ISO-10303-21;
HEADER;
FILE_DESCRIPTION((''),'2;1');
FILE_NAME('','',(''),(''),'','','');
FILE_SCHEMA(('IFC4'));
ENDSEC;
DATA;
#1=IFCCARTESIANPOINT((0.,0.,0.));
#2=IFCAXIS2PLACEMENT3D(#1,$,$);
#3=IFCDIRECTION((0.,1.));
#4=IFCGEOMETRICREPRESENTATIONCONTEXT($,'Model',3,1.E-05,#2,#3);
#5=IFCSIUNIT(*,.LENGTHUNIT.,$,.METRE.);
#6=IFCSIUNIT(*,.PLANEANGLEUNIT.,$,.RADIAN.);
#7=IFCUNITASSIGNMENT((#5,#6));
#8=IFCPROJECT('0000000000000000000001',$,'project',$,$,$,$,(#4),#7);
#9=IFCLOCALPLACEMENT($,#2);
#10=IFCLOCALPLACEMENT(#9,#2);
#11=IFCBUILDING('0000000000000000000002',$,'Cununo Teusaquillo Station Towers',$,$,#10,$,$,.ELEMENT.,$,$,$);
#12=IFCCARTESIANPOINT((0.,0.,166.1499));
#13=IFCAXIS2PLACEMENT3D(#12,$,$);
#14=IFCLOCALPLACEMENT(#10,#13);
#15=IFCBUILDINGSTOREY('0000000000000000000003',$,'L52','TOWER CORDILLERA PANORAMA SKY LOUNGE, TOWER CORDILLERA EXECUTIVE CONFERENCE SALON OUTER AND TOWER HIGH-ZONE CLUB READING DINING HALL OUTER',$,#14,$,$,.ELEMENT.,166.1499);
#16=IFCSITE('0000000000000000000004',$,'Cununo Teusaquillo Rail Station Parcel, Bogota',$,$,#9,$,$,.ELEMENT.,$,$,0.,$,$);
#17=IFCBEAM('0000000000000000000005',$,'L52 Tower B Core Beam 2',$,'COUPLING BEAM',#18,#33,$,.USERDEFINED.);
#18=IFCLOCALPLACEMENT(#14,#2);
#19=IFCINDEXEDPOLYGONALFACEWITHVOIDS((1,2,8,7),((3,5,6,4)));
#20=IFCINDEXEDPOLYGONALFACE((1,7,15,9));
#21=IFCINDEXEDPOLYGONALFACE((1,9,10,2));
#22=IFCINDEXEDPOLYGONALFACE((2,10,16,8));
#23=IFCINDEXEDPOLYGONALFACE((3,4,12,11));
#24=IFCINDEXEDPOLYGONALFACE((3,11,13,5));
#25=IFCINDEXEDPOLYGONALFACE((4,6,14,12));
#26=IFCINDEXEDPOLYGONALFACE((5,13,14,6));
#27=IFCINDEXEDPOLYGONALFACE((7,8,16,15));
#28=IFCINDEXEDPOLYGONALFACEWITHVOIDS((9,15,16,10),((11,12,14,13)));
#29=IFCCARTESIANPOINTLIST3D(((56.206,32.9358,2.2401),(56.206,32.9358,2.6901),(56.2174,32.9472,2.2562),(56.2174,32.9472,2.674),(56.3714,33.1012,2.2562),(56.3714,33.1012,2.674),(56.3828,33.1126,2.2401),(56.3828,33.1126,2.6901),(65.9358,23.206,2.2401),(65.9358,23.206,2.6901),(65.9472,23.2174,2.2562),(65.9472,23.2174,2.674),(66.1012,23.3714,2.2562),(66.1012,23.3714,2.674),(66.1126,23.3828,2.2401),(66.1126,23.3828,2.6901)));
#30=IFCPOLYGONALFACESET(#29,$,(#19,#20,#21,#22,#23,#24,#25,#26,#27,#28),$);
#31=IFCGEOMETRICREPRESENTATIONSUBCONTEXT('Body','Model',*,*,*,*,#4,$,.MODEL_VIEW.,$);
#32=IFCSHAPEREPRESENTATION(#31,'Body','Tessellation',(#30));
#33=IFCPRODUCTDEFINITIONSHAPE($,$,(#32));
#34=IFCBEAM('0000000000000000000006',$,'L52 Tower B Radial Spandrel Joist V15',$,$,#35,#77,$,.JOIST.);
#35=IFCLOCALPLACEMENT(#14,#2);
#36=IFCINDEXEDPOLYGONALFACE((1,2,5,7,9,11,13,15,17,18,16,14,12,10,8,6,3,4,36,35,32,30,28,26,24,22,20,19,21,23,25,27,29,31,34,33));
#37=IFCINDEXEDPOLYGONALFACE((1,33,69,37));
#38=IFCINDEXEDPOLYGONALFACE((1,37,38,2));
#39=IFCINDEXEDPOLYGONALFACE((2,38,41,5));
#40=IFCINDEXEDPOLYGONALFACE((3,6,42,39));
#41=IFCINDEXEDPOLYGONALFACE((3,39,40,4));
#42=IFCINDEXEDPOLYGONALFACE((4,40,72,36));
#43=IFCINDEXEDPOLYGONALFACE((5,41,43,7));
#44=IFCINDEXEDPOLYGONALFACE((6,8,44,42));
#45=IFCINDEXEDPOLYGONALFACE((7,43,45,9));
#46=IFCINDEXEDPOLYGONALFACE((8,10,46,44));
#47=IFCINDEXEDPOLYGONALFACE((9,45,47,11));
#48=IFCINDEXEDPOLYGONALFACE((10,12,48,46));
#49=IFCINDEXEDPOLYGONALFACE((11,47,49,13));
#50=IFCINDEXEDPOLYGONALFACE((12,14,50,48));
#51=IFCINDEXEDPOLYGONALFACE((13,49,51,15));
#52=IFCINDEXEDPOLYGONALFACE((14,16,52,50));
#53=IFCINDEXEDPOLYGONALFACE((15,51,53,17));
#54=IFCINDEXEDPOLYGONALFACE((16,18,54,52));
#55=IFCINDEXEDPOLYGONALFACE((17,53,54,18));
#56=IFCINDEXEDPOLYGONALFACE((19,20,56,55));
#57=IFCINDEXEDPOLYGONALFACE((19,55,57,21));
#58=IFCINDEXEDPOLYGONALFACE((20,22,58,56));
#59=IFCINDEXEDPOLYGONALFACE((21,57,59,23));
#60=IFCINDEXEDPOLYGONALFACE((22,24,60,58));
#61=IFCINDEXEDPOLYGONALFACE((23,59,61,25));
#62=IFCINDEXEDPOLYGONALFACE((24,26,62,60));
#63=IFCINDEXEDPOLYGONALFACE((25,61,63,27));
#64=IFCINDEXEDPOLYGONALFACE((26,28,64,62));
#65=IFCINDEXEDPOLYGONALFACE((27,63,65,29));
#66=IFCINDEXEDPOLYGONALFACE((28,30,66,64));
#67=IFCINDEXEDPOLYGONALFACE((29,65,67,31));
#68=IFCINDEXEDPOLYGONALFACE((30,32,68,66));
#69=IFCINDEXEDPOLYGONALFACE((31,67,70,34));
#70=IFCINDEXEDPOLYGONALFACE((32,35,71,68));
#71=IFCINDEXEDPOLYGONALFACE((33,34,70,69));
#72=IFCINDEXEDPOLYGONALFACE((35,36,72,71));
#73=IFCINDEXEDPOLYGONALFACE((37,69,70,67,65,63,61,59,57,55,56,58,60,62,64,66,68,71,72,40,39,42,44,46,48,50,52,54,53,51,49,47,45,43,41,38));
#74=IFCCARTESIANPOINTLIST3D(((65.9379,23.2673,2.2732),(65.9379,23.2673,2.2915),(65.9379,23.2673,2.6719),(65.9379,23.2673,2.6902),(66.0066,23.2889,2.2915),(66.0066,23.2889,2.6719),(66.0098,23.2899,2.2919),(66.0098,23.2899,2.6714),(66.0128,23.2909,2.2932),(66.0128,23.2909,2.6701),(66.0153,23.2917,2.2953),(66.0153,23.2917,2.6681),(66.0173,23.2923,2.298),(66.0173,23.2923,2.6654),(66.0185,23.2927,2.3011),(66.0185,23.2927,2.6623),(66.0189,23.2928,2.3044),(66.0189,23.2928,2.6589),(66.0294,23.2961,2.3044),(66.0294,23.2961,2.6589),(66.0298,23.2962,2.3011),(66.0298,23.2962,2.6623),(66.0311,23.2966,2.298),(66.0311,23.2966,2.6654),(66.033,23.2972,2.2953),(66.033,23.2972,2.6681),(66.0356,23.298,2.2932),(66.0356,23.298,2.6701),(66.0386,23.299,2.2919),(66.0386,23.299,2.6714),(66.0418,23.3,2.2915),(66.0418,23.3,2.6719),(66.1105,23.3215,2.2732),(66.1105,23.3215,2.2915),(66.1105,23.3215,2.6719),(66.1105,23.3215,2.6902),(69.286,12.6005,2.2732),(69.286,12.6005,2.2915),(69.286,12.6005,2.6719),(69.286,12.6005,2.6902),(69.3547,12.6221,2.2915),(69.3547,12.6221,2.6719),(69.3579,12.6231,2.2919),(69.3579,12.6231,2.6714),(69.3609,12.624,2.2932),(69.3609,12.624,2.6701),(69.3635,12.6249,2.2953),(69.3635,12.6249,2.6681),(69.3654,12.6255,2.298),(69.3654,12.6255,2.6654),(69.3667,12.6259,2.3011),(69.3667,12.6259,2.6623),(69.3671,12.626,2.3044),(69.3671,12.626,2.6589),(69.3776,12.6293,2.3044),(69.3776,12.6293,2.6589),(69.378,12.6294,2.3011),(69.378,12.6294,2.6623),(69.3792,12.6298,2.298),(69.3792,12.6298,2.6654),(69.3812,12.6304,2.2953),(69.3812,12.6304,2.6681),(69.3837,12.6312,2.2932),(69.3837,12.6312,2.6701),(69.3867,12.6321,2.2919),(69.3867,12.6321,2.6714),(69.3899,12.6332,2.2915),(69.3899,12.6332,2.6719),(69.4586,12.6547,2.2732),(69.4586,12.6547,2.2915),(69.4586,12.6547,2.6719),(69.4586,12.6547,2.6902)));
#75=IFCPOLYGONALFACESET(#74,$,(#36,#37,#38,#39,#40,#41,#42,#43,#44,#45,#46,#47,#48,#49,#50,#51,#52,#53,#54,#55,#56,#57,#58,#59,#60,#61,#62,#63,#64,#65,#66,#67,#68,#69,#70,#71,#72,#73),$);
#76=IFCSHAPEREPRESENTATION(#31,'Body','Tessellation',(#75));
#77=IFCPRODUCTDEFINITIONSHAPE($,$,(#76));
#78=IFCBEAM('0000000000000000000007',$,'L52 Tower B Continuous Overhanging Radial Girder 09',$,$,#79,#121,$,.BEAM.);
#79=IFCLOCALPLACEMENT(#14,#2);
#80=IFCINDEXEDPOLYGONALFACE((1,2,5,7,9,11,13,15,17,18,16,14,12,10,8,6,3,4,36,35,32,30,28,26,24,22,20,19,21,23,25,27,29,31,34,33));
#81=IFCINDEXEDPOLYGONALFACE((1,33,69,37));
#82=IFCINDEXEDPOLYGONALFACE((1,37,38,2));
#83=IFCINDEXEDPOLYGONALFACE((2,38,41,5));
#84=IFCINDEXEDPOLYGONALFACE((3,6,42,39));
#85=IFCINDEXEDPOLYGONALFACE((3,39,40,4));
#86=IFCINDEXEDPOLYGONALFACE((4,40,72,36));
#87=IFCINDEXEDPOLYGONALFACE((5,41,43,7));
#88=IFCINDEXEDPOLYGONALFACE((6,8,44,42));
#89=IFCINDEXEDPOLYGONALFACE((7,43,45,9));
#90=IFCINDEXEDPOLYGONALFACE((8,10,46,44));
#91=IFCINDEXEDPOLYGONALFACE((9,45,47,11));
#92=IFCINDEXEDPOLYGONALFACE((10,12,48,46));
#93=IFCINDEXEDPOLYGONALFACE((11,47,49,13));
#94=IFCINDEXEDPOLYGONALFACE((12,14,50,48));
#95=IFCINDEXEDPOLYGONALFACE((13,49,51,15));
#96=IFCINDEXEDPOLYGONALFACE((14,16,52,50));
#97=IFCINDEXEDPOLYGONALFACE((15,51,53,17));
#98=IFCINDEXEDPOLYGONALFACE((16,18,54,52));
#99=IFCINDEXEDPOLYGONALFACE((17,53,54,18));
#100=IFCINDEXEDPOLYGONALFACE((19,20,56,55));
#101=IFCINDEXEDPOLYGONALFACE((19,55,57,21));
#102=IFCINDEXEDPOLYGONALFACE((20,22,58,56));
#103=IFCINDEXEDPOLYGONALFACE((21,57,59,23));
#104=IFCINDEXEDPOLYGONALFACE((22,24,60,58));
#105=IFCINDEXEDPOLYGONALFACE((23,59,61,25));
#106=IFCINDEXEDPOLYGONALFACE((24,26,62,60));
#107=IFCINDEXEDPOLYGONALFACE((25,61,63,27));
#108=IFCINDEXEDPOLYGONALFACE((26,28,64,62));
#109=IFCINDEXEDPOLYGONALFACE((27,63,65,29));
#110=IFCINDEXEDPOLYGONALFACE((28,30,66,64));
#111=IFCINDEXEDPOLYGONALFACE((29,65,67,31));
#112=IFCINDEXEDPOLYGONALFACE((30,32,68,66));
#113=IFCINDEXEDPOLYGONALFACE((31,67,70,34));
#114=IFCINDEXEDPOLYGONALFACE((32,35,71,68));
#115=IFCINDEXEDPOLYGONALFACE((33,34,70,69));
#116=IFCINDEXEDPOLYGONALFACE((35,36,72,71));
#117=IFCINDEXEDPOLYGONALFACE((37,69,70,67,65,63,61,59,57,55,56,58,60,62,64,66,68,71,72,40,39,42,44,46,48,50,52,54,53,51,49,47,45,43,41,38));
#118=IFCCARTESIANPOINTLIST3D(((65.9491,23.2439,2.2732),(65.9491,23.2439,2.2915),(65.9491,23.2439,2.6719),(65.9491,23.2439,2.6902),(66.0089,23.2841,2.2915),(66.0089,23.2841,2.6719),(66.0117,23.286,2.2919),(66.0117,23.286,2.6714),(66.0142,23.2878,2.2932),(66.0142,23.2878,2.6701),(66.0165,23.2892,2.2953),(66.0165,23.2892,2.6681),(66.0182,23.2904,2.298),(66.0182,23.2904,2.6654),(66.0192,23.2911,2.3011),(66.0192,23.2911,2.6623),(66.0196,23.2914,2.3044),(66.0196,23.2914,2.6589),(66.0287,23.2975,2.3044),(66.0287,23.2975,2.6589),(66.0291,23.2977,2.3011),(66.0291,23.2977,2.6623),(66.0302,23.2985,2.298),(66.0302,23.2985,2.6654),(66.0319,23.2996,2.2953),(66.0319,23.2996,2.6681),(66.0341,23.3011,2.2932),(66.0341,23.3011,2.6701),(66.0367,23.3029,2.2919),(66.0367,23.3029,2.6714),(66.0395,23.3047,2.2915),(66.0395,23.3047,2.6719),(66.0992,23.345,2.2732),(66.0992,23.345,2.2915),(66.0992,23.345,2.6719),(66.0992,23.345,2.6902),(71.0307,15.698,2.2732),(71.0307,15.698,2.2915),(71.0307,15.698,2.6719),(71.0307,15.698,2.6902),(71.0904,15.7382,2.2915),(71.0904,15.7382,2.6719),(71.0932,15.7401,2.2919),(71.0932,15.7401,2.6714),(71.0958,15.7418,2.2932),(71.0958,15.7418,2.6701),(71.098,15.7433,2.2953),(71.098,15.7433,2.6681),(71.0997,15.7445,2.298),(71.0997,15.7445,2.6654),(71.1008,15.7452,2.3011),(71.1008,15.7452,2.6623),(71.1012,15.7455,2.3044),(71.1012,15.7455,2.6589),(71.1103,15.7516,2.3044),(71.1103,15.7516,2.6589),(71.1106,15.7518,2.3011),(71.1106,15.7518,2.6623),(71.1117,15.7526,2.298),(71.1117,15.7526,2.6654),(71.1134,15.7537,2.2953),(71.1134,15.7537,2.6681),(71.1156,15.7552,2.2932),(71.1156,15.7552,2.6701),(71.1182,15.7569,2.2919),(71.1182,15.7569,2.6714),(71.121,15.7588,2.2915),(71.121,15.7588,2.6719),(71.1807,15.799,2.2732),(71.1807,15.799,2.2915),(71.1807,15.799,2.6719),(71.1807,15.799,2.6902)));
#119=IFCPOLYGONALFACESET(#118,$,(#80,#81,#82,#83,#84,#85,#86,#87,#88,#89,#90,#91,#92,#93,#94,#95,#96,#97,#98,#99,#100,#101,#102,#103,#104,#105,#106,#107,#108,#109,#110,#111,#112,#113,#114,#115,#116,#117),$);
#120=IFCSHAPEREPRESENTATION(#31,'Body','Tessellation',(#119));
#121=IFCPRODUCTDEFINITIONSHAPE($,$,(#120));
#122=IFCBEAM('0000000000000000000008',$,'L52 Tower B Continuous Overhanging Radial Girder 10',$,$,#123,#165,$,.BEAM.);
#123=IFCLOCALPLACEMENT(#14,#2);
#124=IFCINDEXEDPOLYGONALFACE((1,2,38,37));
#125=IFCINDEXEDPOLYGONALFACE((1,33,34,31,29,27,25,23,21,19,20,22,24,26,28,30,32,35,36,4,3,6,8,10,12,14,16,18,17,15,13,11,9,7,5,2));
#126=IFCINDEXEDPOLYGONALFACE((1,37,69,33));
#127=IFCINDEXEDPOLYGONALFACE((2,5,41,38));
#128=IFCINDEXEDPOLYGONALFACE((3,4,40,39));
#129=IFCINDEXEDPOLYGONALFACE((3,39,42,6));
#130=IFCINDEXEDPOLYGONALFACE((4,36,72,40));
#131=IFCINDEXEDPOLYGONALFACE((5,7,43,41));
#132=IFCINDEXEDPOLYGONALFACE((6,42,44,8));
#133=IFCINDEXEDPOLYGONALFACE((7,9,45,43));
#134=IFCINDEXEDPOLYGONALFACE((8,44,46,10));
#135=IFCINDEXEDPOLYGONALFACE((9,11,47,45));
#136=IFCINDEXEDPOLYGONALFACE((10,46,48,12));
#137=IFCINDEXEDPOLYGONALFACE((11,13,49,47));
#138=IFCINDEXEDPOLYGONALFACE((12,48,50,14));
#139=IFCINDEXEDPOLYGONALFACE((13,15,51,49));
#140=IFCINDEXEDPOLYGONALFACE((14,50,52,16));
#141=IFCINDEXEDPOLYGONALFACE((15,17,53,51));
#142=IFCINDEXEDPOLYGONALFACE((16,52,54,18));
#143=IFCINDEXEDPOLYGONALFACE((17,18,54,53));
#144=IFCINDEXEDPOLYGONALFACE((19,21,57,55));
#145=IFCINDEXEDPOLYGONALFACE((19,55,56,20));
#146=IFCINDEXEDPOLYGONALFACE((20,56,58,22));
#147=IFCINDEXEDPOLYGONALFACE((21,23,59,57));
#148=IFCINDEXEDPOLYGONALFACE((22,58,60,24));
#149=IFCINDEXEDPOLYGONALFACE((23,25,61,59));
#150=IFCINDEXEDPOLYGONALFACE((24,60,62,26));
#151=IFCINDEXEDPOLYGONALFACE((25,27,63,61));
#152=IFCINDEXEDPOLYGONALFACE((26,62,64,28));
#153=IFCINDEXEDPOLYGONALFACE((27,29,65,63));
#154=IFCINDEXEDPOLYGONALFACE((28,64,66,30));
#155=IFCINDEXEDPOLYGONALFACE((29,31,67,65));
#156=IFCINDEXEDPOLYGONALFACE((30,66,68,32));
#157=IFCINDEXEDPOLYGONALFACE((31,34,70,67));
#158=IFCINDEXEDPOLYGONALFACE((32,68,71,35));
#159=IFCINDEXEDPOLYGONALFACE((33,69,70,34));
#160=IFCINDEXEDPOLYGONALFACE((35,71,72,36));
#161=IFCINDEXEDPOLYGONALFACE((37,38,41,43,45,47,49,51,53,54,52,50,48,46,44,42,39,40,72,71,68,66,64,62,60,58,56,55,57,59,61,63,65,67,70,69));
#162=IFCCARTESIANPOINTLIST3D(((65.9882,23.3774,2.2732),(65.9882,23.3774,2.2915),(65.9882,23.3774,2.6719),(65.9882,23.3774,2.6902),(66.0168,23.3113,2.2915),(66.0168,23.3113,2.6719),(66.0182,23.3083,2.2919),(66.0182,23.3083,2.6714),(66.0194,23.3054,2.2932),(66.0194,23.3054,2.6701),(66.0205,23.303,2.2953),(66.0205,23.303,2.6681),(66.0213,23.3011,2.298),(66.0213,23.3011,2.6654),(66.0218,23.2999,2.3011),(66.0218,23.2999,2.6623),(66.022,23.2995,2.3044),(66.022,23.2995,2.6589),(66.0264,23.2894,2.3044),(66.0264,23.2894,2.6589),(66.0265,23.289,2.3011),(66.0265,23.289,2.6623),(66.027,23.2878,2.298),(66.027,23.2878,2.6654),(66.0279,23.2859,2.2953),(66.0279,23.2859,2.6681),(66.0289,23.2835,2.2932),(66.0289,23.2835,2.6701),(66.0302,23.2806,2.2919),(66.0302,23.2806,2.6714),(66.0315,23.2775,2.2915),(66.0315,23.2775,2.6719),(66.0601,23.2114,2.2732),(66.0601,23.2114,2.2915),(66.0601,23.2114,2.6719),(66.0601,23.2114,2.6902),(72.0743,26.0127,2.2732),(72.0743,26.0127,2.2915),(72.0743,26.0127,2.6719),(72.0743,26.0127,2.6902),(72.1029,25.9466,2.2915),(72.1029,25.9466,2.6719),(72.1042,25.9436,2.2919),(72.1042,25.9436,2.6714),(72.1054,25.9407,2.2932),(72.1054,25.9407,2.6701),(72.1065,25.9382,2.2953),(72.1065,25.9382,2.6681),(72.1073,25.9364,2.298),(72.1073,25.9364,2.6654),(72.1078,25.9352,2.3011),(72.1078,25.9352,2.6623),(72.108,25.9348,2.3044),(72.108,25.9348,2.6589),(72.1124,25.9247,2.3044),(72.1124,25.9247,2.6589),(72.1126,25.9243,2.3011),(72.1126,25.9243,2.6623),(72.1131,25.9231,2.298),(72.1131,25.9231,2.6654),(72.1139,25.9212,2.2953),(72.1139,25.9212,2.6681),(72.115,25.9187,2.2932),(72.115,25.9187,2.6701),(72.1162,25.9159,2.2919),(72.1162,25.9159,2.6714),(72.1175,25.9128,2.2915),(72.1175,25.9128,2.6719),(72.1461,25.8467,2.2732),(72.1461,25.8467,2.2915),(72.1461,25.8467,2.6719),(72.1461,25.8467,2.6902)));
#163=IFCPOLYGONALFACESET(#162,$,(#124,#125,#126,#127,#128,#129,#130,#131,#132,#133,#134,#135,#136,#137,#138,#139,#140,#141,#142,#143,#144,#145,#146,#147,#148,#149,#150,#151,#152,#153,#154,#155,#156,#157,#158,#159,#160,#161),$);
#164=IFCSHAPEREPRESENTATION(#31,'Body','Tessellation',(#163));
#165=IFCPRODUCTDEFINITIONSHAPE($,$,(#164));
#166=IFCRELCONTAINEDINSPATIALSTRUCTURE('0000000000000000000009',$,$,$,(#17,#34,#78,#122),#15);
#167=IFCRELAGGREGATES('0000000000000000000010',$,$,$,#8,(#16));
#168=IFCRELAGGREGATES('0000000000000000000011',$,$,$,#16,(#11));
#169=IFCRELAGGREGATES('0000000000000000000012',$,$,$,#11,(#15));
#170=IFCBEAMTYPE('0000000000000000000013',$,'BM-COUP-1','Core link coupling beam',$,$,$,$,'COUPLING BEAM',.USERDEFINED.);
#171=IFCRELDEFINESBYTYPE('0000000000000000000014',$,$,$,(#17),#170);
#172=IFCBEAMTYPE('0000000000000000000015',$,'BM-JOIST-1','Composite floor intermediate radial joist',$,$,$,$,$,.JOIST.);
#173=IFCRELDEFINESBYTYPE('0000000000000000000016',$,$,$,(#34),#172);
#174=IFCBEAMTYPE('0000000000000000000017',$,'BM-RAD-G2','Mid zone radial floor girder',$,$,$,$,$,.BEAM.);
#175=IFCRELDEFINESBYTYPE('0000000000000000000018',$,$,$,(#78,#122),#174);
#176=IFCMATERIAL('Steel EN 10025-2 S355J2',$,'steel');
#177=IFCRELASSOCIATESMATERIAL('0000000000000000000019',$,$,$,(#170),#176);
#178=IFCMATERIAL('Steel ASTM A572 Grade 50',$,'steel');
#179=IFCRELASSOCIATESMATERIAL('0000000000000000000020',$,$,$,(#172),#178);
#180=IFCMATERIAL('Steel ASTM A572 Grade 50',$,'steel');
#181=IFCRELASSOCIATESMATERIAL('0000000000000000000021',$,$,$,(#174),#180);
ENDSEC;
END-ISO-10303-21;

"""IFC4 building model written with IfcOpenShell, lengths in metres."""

from ifc_helpers import new_model, si_unit, direction, frame, origin, origin_2d, place, context, subcontext, project, spatial, hollow_rectangle, i_section, extrude, material, material_profile, profile_set, type_object, element, save


model = new_model("IFC4")

# Units and contexts
model_context = context("Model", 3, precision=1e-05, world=origin(), true_north=direction((0.0, 1.0)))
body_context = subcontext(model_context, "Body", "Model", "MODEL_VIEW")
ifc_project = project(units=[si_unit("LENGTHUNIT", "METRE"), si_unit("PLANEANGLEUNIT", "RADIAN")], contexts=[model_context])

# Site, building, storey
site_placement = place(None, origin())
site = spatial("IfcSite", under=ifc_project, at=site_placement, Name="Cununo Teusaquillo Rail Station Parcel, Bogota", CompositionType="ELEMENT", RefElevation=0.0)
building_placement = place(site_placement, origin())
building = spatial("IfcBuilding", under=site, at=building_placement, Name="Cununo Teusaquillo Station Towers", CompositionType="ELEMENT")
storey_placement = place(building_placement, frame((0.0, 0.0, 166.1499)))
storey = spatial("IfcBuildingStorey", under=building, at=storey_placement, Name="L52", Description="TOWER CORDILLERA PANORAMA SKY LOUNGE, TOWER CORDILLERA EXECUTIVE CONFERENCE SALON OUTER AND TOWER HIGH-ZONE CLUB READING DINING HALL OUTER", CompositionType="ELEMENT", Elevation=166.1499)

# Beams
ifc_material_1 = material(Name="Steel EN 10025-2 S355J2", Category="steel")
ifc_material_profile_1 = material_profile(ifc_material_1, hollow_rectangle(XDim=0.25, YDim=0.45, WallThickness=0.0161, at=origin_2d()), Name="RHS 450x250x16")
ifc_profile_set_1 = profile_set([ifc_material_profile_1], Name="Steel EN 10025-2 S355J2")
beam_type_1 = type_object("IfcBeamType", Name="BM-COUP-1", Description="Core link coupling beam", ElementType="COUPLING BEAM", PredefinedType="USERDEFINED", material=ifc_profile_set_1)
beam_1_placement = place(storey_placement, frame((66.0242, 23.2944, 2.4651), z_axis=(-0.707107, 0.707107, 0.0), x_axis=(-0.707107, -0.707107, 0.0)))
element("IfcBeam", 1, at=beam_1_placement, inside=storey, type_object=beam_type_1, Name="L52 Tower B Core Beam 2", ObjectType="COUPLING BEAM", PredefinedType="USERDEFINED", context=body_context, shape_type="SweptSolid", body=[
    extrude(hollow_rectangle(XDim=0.25, YDim=0.45, WallThickness=0.0161, at=origin_2d()), origin(), (0.0, 0.0, 1.0), 13.76),
])
ifc_material_2 = material(Name="Steel ASTM A572 Grade 50", Category="steel")
ifc_material_profile_2 = material_profile(ifc_material_2, i_section(OverallWidth=0.1809, OverallDepth=0.417, WebThickness=0.011, FlangeThickness=0.0183, FilletRadius=0.0129, at=origin_2d()), Name="W16X57")
ifc_profile_set_2 = profile_set([ifc_material_profile_2], Name="Steel ASTM A572 Grade 50")
beam_type_2 = type_object("IfcBeamType", Name="BM-JOIST-1", Description="Composite floor intermediate radial joist", PredefinedType="JOIST", material=ifc_profile_set_2)
beam_2_placement = place(storey_placement, frame((66.0242, 23.2944, 2.4817), z_axis=(0.29948, -0.954103, 0.0), x_axis=(0.954103, 0.29948, 0.0)))
element("IfcBeam", 2, at=beam_2_placement, inside=storey, type_object=beam_type_2, Name="L52 Tower B Radial Spandrel Joist V15", PredefinedType="JOIST", context=body_context, shape_type="SweptSolid", body=[
    extrude(i_section(OverallWidth=0.1809, OverallDepth=0.417, WebThickness=0.011, FlangeThickness=0.0183, FilletRadius=0.0129, at=origin_2d()), origin(), (0.0, 0.0, 1.0), 11.1799),
])
ifc_material_3 = material(Name="Steel ASTM A572 Grade 50", Category="steel")
ifc_material_profile_3 = material_profile(ifc_material_3, i_section(OverallWidth=0.1809, OverallDepth=0.417, WebThickness=0.011, FlangeThickness=0.0183, FilletRadius=0.0129, at=origin_2d()), Name="W16X57")
ifc_profile_set_3 = profile_set([ifc_material_profile_3], Name="Steel ASTM A572 Grade 50")
beam_type_3 = type_object("IfcBeamType", Name="BM-RAD-G2", Description="Mid zone radial floor girder", PredefinedType="BEAM", material=ifc_profile_set_3)
beam_3_placement = place(storey_placement, frame((66.0242, 23.2944, 2.4817), z_axis=(0.558571, -0.829457, 0.0), x_axis=(0.829457, 0.558571, 0.0)))
element("IfcBeam", 3, at=beam_3_placement, inside=storey, type_object=beam_type_3, Name="L52 Tower B Continuous Overhanging Radial Girder 09", PredefinedType="BEAM", context=body_context, shape_type="SweptSolid", body=[
    extrude(i_section(OverallWidth=0.1809, OverallDepth=0.417, WebThickness=0.011, FlangeThickness=0.0183, FilletRadius=0.0129, at=origin_2d()), origin(), (0.0, 0.0, 1.0), 9.0974),
])
beam_4_placement = place(storey_placement, frame((66.0242, 23.2944, 2.4817), z_axis=(0.917665, 0.397355, 0.0), x_axis=(-0.397355, 0.917665, 0.0)))
element("IfcBeam", 4, at=beam_4_placement, inside=storey, type_object=beam_type_3, Name="L52 Tower B Continuous Overhanging Radial Girder 10", PredefinedType="BEAM", context=body_context, shape_type="SweptSolid", body=[
    extrude(i_section(OverallWidth=0.1809, OverallDepth=0.417, WebThickness=0.011, FlangeThickness=0.0183, FilletRadius=0.0129, at=origin_2d()), origin(), (0.0, 0.0, 1.0), 6.6321),
])

save(model, "model.ifc")
